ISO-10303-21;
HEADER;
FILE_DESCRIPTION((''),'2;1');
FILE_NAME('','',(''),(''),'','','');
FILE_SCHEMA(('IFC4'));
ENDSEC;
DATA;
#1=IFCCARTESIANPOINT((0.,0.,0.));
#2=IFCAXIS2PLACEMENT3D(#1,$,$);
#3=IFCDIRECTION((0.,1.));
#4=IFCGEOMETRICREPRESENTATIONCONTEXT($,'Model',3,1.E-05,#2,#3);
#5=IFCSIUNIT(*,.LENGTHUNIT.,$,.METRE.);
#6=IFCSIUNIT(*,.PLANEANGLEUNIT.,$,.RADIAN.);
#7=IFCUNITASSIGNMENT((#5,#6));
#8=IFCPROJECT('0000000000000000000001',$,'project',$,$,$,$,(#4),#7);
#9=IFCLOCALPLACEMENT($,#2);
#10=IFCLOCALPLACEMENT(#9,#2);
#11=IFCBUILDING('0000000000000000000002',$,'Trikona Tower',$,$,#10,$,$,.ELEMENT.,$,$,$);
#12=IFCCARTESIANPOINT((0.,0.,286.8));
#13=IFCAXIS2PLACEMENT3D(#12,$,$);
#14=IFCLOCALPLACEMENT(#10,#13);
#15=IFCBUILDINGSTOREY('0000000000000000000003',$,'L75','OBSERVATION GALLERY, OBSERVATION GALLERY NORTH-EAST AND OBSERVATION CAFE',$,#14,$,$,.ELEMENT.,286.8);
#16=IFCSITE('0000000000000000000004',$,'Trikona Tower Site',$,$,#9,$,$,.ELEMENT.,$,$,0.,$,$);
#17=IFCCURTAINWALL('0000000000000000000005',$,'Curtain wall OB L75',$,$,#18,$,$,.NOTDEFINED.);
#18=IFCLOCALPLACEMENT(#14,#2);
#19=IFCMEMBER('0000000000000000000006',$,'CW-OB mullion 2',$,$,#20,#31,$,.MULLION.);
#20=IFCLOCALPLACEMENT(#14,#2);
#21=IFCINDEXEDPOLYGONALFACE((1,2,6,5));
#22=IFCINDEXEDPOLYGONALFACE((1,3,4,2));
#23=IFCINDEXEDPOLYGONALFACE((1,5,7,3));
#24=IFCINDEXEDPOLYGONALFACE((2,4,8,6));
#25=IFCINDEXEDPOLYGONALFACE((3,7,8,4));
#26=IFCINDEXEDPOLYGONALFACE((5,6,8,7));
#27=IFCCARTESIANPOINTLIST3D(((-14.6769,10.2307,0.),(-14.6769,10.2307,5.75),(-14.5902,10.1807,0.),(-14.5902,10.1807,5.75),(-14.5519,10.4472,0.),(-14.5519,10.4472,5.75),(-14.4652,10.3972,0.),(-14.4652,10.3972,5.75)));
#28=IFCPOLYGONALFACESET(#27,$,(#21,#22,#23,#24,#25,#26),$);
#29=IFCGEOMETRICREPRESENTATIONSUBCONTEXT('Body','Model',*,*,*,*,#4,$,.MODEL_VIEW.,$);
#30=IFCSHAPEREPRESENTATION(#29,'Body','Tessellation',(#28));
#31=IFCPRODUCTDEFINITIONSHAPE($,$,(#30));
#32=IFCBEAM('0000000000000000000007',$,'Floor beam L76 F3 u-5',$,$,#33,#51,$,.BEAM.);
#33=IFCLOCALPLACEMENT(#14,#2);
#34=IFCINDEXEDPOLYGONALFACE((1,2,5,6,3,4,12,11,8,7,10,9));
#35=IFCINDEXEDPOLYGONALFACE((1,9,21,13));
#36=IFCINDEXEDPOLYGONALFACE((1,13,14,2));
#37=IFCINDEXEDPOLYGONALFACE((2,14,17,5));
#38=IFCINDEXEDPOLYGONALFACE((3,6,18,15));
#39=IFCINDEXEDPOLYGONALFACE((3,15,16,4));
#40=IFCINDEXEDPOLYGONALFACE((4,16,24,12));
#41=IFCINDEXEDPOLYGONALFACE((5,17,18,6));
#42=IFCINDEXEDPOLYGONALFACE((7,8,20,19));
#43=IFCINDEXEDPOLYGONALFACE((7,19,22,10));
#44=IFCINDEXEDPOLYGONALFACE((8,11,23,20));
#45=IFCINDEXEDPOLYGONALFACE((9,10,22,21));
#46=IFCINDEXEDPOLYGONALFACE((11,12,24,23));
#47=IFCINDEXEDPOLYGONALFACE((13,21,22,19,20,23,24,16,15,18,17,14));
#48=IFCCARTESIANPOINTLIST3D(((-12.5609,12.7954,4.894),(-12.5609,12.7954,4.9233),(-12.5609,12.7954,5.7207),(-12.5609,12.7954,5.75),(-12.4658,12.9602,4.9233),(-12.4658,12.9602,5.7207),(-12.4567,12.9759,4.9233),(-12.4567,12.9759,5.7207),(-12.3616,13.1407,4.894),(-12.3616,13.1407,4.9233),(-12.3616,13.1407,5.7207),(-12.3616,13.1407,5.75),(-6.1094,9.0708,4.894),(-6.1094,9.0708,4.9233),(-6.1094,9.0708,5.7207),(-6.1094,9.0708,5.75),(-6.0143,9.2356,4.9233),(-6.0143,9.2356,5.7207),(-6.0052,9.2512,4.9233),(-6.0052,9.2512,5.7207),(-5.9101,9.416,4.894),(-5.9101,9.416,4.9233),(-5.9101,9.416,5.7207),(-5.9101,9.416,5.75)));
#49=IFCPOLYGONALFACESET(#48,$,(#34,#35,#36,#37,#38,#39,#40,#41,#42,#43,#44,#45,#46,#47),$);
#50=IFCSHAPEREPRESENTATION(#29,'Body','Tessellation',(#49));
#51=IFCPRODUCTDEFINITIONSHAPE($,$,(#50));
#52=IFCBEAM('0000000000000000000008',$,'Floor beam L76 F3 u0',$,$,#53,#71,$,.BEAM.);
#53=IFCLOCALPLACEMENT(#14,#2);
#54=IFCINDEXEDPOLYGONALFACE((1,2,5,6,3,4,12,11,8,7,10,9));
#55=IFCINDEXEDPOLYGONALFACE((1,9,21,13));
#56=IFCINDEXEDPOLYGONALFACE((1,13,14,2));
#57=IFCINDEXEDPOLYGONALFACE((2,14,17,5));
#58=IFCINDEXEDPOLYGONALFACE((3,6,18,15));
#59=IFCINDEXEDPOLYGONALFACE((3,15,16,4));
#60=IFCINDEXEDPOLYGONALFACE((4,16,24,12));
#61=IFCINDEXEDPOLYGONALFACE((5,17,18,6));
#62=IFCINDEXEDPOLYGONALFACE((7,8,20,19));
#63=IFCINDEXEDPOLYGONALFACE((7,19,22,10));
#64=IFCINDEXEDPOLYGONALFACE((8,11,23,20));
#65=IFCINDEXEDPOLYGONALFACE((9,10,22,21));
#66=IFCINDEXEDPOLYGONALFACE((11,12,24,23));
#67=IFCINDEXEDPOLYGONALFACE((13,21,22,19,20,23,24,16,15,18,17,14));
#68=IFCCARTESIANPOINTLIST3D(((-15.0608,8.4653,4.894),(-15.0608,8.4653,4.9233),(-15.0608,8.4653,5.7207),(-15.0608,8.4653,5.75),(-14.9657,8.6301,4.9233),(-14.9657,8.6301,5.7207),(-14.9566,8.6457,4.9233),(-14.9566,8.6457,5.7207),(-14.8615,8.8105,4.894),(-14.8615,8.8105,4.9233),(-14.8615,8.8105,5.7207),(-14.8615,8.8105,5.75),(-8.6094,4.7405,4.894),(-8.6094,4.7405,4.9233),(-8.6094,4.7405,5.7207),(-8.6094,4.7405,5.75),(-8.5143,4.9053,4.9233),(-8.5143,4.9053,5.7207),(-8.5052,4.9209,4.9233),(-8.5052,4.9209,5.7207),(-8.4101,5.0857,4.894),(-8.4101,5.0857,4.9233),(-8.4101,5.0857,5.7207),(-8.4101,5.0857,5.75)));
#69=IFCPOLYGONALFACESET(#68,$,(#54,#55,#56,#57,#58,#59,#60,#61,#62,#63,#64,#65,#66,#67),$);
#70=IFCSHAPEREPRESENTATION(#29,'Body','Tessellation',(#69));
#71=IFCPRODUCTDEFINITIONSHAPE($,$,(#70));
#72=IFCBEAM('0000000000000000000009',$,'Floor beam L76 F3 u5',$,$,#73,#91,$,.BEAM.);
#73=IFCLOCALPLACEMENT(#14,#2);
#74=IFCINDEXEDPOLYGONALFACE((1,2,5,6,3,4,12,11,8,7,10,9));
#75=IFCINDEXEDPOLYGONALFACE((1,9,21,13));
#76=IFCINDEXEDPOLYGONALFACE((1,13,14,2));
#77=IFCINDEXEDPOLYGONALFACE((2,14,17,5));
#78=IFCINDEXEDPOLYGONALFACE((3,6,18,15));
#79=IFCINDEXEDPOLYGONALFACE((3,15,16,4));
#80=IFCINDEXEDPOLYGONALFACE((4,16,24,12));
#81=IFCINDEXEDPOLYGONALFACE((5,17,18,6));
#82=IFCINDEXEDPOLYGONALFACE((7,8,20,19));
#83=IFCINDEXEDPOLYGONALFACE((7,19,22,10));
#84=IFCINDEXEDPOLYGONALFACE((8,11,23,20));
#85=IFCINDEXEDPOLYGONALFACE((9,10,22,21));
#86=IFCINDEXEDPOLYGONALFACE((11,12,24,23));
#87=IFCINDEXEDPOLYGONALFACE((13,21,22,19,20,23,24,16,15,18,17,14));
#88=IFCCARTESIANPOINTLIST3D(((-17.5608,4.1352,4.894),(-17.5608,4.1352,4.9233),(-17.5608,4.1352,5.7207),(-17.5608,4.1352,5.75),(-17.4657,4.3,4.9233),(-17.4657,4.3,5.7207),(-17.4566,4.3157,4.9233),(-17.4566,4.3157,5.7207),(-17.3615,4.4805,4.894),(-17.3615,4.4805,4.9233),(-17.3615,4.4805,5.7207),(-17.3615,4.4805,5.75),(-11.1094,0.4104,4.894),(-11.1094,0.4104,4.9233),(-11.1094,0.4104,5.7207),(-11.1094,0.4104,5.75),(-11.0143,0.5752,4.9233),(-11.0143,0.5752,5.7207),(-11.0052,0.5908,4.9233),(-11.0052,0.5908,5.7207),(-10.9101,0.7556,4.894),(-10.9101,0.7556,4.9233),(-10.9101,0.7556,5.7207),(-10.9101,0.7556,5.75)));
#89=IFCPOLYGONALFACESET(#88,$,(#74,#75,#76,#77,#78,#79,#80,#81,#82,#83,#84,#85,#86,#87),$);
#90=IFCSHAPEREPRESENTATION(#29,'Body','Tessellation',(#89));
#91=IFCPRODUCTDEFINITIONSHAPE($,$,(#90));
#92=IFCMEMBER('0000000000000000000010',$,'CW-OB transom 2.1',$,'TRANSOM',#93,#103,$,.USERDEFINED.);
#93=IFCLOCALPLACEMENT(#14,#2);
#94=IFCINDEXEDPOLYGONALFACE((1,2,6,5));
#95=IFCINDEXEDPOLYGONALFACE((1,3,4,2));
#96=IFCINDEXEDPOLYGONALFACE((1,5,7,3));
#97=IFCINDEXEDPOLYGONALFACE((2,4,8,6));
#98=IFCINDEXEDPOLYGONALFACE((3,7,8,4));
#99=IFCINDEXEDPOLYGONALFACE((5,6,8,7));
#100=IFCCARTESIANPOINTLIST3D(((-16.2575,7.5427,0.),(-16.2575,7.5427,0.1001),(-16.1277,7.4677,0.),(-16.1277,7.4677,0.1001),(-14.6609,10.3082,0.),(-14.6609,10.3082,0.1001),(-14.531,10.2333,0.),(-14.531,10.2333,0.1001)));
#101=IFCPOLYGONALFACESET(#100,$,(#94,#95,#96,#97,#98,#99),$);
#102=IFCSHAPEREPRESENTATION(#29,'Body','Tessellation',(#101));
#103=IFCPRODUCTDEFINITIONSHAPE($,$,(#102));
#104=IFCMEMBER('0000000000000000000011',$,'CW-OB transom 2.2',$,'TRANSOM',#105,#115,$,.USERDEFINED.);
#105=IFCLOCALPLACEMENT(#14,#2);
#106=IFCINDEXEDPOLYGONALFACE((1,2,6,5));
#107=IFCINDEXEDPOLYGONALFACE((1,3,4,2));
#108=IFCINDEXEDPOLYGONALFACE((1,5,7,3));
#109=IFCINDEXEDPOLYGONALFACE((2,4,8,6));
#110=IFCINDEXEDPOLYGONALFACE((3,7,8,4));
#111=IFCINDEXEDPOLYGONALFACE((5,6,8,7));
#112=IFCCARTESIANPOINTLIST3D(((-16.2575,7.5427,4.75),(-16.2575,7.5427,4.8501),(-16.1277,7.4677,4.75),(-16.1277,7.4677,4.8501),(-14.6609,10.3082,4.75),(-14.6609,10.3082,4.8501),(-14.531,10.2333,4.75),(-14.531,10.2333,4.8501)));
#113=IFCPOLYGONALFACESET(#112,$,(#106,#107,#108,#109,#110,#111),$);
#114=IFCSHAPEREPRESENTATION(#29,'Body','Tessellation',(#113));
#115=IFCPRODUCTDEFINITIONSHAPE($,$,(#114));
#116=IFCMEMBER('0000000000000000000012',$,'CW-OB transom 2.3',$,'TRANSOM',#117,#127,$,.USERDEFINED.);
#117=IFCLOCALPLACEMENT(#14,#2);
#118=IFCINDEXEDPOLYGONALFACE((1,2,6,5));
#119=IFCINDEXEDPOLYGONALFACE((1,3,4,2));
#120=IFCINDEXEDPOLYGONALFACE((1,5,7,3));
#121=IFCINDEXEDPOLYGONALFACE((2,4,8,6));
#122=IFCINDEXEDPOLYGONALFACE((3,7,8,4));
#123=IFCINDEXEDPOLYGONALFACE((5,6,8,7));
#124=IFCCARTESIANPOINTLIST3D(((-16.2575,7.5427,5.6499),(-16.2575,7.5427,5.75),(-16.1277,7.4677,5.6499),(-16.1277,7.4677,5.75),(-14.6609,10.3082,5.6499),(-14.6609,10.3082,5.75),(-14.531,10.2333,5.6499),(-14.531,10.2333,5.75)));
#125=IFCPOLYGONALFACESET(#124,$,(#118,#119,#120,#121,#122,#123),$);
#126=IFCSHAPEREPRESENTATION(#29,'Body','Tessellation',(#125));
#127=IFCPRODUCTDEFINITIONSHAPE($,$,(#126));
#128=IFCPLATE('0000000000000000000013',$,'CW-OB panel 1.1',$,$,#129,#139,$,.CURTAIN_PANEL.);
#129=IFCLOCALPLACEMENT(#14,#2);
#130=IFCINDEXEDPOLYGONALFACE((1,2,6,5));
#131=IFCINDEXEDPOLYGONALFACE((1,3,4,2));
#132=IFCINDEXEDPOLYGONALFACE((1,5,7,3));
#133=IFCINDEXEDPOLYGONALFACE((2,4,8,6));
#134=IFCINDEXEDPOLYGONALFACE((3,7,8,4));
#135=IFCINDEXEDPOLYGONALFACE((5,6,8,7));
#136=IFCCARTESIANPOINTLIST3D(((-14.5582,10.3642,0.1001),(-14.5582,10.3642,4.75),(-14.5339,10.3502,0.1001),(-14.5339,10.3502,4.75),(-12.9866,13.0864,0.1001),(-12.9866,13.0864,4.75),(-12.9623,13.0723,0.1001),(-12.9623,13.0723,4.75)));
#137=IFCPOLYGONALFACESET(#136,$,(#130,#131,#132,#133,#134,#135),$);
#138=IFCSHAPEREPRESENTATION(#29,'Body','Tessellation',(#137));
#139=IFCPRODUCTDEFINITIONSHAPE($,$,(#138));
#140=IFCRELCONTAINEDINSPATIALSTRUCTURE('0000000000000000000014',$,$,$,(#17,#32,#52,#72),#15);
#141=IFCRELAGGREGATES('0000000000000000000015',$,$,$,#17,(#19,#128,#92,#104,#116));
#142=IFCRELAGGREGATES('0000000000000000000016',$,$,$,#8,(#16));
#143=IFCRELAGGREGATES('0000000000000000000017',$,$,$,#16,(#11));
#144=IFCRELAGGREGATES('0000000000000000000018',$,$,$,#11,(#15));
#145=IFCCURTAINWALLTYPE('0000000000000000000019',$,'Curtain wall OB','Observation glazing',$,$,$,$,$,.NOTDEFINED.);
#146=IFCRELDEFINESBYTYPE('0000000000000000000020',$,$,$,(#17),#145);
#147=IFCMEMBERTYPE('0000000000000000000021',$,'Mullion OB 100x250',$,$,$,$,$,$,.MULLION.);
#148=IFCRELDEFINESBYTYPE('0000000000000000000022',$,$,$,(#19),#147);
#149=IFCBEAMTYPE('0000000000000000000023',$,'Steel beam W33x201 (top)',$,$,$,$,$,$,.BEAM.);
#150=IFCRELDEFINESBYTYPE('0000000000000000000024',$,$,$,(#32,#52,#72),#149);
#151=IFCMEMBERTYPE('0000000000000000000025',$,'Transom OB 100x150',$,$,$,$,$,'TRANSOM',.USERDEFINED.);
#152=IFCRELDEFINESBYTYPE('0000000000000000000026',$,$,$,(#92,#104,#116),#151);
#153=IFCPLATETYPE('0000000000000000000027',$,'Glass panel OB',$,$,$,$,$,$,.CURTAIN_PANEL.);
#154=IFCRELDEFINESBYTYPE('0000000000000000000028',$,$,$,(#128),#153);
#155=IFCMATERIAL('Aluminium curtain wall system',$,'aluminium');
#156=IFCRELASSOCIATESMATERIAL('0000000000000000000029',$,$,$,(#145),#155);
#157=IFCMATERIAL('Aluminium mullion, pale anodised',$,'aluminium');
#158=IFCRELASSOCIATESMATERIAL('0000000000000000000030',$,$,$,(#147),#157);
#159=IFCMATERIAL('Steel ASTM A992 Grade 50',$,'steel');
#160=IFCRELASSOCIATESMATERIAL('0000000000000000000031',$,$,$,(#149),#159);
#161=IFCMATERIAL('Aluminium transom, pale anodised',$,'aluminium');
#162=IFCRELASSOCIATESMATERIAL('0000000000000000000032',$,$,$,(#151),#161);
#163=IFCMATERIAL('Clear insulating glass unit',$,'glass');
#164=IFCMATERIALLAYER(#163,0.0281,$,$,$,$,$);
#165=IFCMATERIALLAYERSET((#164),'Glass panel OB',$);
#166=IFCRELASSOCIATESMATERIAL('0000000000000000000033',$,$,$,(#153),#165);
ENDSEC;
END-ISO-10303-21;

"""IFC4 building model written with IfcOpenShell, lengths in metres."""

from ifc_helpers import new_model, si_unit, direction, frame, origin, origin_2d, place, context, subcontext, project, spatial, rectangle, i_section, extrude, material, layer, layer_set, material_profile, profile_set, type_object, element, aggregate, save


model = new_model("IFC4")

# Units and contexts
model_context = context("Model", 3, precision=1e-05, world=origin(), true_north=direction((0.0, 1.0)))
body_context = subcontext(model_context, "Body", "Model", "MODEL_VIEW")
ifc_project = project(units=[si_unit("LENGTHUNIT", "METRE"), si_unit("PLANEANGLEUNIT", "RADIAN")], contexts=[model_context])

# Site, building, storey
site_placement = place(None, origin())
site = spatial("IfcSite", under=ifc_project, at=site_placement, Name="Trikona Tower Site", CompositionType="ELEMENT", RefElevation=0.0)
building_placement = place(site_placement, origin())
building = spatial("IfcBuilding", under=site, at=building_placement, Name="Trikona Tower", CompositionType="ELEMENT")
storey_placement = place(building_placement, frame((0.0, 0.0, 286.8)))
storey = spatial("IfcBuildingStorey", under=building, at=storey_placement, Name="L75", Description="OBSERVATION GALLERY, OBSERVATION GALLERY NORTH-EAST AND OBSERVATION CAFE", CompositionType="ELEMENT", Elevation=286.8)

# Curtain wall, member
ifc_material_1 = material(Name="Aluminium curtain wall system", Category="aluminium")
curtain_wall_type = type_object("IfcCurtainWallType", Name="Curtain wall OB", Description="Observation glazing", PredefinedType="NOTDEFINED", material=ifc_material_1)
curtain_wall_placement = place(storey_placement, origin())
curtain_wall = element("IfcCurtainWall", 1, at=curtain_wall_placement, inside=storey, type_object=curtain_wall_type, Name="Curtain wall OB L75", PredefinedType="NOTDEFINED")
ifc_material_2 = material(Name="Aluminium mullion, pale anodised", Category="aluminium")
ifc_material_profile_1 = material_profile(ifc_material_2, rectangle(XDim=0.1001, YDim=0.25, at=origin_2d()), Name="MUL-OB")
ifc_profile_set_1 = profile_set([ifc_material_profile_1], Name="Aluminium mullion, pale anodised")
member_type_1 = type_object("IfcMemberType", Name="Mullion OB 100x250", PredefinedType="MULLION", material=ifc_profile_set_1)
member_1_placement = place(storey_placement, frame((-14.571, 10.314, 0.0), z_axis=(0.0, 0.0, 1.0), x_axis=(0.866022, -0.500006, 0.0)))
member_1 = element("IfcMember", 2, at=member_1_placement, type_object=member_type_1, Name="CW-OB mullion 2", PredefinedType="MULLION", context=body_context, shape_type="SweptSolid", body=[
    extrude(rectangle(XDim=0.1001, YDim=0.25, at=origin_2d()), origin(), (0.0, 0.0, 1.0), 5.75),
])

# Beams
ifc_material_3 = material(Name="Steel ASTM A992 Grade 50", Category="steel")
ifc_material_profile_2 = material_profile(ifc_material_3, i_section(OverallWidth=0.3987, OverallDepth=0.856, WebThickness=0.0181, FlangeThickness=0.0293, at=origin_2d()), Name="W33X201")
ifc_profile_set_2 = profile_set([ifc_material_profile_2], Name="Steel ASTM A992 Grade 50")
beam_type = type_object("IfcBeamType", Name="Steel beam W33x201 (top)", PredefinedType="BEAM", material=ifc_profile_set_2)
for number, where, z_axis, x_axis, name in (
    (3, (-6.0098, 9.2434, 5.322), (-0.866032, 0.499988, 0.0), (-0.499988, -0.866032, 0.0), "Floor beam L76 F3 u-5"),
    (4, (-8.5098, 4.9131, 5.322), (-0.866018, 0.500013, 0.0), (-0.500013, -0.866018, 0.0), "Floor beam L76 F3 u0"),
    (5, (-11.0098, 0.583, 5.322), (-0.866018, 0.500013, 0.0), (-0.500013, -0.866018, 0.0), "Floor beam L76 F3 u5"),
):
    element("IfcBeam", number, at=place(storey_placement, frame(where, z_axis=z_axis, x_axis=x_axis)), inside=storey, type_object=beam_type, Name=name, PredefinedType="BEAM", context=body_context, shape_type="SweptSolid", body=[
        extrude(i_section(OverallWidth=0.3987, OverallDepth=0.856, WebThickness=0.0181, FlangeThickness=0.0293, at=origin_2d()), origin(), (0.0, 0.0, 1.0), 7.4495),
    ])

# Members
ifc_material_4 = material(Name="Aluminium transom, pale anodised", Category="aluminium")
ifc_material_profile_3 = material_profile(ifc_material_4, rectangle(XDim=0.1499, YDim=0.1001, at=origin_2d()), Name="TRN-OB")
ifc_profile_set_3 = profile_set([ifc_material_profile_3], Name="Aluminium transom, pale anodised")
member_type_2 = type_object("IfcMemberType", Name="Transom OB 100x150", ElementType="TRANSOM", PredefinedType="USERDEFINED", material=ifc_profile_set_3)
member_2_placement = place(storey_placement, frame((-14.5959, 10.2708, 0.05), z_axis=(-0.499987, -0.866033, 0.0), x_axis=(0.866033, -0.499987, 0.0)))
member_2 = element("IfcMember", 6, at=member_2_placement, type_object=member_type_2, Name="CW-OB transom 2.1", ObjectType="TRANSOM", PredefinedType="USERDEFINED", context=body_context, shape_type="SweptSolid", body=[
    extrude(rectangle(XDim=0.1499, YDim=0.1001, at=origin_2d()), origin(), (0.0, 0.0, 1.0), 3.1934),
])
member_3_placement = place(storey_placement, frame((-14.5959, 10.2708, 4.8), z_axis=(-0.499987, -0.866033, 0.0), x_axis=(0.866033, -0.499987, 0.0)))
member_3 = element("IfcMember", 7, at=member_3_placement, type_object=member_type_2, Name="CW-OB transom 2.2", ObjectType="TRANSOM", PredefinedType="USERDEFINED", context=body_context, shape_type="SweptSolid", body=[
    extrude(rectangle(XDim=0.1499, YDim=0.1001, at=origin_2d()), origin(), (0.0, 0.0, 1.0), 3.1934),
])
member_4_placement = place(storey_placement, frame((-14.5959, 10.2708, 5.7), z_axis=(-0.499987, -0.866033, 0.0), x_axis=(0.866033, -0.499987, 0.0)))
member_4 = element("IfcMember", 8, at=member_4_placement, type_object=member_type_2, Name="CW-OB transom 2.3", ObjectType="TRANSOM", PredefinedType="USERDEFINED", context=body_context, shape_type="SweptSolid", body=[
    extrude(rectangle(XDim=0.1499, YDim=0.1001, at=origin_2d()), origin(), (0.0, 0.0, 1.0), 3.1934),
])

# Plate
ifc_material_5 = material(Name="Clear insulating glass unit", Category="glass")
ifc_layer_1 = layer(ifc_material_5, 0.0281)
ifc_layer_set_1 = layer_set([ifc_layer_1], Name="Glass panel OB")
plate_type = type_object("IfcPlateType", Name="Glass panel OB", PredefinedType="CURTAIN_PANEL", material=ifc_layer_set_1)
plate_placement = place(storey_placement, frame((-13.7603, 11.7183, 0.1001), z_axis=(0.0, 0.0, 1.0), x_axis=(-0.500006, -0.866022, 0.0)))
plate = element("IfcPlate", 9, at=plate_placement, type_object=plate_type, Name="CW-OB panel 1.1", PredefinedType="CURTAIN_PANEL", context=body_context, shape_type="SweptSolid", body=[
    extrude(rectangle(XDim=3.1433, YDim=0.0281, at=origin_2d()), origin(), (0.0, 0.0, 1.0), 4.6499),
])
aggregate(curtain_wall, [member_1, plate, member_2, member_3, member_4])

save(model, "model.ifc")
